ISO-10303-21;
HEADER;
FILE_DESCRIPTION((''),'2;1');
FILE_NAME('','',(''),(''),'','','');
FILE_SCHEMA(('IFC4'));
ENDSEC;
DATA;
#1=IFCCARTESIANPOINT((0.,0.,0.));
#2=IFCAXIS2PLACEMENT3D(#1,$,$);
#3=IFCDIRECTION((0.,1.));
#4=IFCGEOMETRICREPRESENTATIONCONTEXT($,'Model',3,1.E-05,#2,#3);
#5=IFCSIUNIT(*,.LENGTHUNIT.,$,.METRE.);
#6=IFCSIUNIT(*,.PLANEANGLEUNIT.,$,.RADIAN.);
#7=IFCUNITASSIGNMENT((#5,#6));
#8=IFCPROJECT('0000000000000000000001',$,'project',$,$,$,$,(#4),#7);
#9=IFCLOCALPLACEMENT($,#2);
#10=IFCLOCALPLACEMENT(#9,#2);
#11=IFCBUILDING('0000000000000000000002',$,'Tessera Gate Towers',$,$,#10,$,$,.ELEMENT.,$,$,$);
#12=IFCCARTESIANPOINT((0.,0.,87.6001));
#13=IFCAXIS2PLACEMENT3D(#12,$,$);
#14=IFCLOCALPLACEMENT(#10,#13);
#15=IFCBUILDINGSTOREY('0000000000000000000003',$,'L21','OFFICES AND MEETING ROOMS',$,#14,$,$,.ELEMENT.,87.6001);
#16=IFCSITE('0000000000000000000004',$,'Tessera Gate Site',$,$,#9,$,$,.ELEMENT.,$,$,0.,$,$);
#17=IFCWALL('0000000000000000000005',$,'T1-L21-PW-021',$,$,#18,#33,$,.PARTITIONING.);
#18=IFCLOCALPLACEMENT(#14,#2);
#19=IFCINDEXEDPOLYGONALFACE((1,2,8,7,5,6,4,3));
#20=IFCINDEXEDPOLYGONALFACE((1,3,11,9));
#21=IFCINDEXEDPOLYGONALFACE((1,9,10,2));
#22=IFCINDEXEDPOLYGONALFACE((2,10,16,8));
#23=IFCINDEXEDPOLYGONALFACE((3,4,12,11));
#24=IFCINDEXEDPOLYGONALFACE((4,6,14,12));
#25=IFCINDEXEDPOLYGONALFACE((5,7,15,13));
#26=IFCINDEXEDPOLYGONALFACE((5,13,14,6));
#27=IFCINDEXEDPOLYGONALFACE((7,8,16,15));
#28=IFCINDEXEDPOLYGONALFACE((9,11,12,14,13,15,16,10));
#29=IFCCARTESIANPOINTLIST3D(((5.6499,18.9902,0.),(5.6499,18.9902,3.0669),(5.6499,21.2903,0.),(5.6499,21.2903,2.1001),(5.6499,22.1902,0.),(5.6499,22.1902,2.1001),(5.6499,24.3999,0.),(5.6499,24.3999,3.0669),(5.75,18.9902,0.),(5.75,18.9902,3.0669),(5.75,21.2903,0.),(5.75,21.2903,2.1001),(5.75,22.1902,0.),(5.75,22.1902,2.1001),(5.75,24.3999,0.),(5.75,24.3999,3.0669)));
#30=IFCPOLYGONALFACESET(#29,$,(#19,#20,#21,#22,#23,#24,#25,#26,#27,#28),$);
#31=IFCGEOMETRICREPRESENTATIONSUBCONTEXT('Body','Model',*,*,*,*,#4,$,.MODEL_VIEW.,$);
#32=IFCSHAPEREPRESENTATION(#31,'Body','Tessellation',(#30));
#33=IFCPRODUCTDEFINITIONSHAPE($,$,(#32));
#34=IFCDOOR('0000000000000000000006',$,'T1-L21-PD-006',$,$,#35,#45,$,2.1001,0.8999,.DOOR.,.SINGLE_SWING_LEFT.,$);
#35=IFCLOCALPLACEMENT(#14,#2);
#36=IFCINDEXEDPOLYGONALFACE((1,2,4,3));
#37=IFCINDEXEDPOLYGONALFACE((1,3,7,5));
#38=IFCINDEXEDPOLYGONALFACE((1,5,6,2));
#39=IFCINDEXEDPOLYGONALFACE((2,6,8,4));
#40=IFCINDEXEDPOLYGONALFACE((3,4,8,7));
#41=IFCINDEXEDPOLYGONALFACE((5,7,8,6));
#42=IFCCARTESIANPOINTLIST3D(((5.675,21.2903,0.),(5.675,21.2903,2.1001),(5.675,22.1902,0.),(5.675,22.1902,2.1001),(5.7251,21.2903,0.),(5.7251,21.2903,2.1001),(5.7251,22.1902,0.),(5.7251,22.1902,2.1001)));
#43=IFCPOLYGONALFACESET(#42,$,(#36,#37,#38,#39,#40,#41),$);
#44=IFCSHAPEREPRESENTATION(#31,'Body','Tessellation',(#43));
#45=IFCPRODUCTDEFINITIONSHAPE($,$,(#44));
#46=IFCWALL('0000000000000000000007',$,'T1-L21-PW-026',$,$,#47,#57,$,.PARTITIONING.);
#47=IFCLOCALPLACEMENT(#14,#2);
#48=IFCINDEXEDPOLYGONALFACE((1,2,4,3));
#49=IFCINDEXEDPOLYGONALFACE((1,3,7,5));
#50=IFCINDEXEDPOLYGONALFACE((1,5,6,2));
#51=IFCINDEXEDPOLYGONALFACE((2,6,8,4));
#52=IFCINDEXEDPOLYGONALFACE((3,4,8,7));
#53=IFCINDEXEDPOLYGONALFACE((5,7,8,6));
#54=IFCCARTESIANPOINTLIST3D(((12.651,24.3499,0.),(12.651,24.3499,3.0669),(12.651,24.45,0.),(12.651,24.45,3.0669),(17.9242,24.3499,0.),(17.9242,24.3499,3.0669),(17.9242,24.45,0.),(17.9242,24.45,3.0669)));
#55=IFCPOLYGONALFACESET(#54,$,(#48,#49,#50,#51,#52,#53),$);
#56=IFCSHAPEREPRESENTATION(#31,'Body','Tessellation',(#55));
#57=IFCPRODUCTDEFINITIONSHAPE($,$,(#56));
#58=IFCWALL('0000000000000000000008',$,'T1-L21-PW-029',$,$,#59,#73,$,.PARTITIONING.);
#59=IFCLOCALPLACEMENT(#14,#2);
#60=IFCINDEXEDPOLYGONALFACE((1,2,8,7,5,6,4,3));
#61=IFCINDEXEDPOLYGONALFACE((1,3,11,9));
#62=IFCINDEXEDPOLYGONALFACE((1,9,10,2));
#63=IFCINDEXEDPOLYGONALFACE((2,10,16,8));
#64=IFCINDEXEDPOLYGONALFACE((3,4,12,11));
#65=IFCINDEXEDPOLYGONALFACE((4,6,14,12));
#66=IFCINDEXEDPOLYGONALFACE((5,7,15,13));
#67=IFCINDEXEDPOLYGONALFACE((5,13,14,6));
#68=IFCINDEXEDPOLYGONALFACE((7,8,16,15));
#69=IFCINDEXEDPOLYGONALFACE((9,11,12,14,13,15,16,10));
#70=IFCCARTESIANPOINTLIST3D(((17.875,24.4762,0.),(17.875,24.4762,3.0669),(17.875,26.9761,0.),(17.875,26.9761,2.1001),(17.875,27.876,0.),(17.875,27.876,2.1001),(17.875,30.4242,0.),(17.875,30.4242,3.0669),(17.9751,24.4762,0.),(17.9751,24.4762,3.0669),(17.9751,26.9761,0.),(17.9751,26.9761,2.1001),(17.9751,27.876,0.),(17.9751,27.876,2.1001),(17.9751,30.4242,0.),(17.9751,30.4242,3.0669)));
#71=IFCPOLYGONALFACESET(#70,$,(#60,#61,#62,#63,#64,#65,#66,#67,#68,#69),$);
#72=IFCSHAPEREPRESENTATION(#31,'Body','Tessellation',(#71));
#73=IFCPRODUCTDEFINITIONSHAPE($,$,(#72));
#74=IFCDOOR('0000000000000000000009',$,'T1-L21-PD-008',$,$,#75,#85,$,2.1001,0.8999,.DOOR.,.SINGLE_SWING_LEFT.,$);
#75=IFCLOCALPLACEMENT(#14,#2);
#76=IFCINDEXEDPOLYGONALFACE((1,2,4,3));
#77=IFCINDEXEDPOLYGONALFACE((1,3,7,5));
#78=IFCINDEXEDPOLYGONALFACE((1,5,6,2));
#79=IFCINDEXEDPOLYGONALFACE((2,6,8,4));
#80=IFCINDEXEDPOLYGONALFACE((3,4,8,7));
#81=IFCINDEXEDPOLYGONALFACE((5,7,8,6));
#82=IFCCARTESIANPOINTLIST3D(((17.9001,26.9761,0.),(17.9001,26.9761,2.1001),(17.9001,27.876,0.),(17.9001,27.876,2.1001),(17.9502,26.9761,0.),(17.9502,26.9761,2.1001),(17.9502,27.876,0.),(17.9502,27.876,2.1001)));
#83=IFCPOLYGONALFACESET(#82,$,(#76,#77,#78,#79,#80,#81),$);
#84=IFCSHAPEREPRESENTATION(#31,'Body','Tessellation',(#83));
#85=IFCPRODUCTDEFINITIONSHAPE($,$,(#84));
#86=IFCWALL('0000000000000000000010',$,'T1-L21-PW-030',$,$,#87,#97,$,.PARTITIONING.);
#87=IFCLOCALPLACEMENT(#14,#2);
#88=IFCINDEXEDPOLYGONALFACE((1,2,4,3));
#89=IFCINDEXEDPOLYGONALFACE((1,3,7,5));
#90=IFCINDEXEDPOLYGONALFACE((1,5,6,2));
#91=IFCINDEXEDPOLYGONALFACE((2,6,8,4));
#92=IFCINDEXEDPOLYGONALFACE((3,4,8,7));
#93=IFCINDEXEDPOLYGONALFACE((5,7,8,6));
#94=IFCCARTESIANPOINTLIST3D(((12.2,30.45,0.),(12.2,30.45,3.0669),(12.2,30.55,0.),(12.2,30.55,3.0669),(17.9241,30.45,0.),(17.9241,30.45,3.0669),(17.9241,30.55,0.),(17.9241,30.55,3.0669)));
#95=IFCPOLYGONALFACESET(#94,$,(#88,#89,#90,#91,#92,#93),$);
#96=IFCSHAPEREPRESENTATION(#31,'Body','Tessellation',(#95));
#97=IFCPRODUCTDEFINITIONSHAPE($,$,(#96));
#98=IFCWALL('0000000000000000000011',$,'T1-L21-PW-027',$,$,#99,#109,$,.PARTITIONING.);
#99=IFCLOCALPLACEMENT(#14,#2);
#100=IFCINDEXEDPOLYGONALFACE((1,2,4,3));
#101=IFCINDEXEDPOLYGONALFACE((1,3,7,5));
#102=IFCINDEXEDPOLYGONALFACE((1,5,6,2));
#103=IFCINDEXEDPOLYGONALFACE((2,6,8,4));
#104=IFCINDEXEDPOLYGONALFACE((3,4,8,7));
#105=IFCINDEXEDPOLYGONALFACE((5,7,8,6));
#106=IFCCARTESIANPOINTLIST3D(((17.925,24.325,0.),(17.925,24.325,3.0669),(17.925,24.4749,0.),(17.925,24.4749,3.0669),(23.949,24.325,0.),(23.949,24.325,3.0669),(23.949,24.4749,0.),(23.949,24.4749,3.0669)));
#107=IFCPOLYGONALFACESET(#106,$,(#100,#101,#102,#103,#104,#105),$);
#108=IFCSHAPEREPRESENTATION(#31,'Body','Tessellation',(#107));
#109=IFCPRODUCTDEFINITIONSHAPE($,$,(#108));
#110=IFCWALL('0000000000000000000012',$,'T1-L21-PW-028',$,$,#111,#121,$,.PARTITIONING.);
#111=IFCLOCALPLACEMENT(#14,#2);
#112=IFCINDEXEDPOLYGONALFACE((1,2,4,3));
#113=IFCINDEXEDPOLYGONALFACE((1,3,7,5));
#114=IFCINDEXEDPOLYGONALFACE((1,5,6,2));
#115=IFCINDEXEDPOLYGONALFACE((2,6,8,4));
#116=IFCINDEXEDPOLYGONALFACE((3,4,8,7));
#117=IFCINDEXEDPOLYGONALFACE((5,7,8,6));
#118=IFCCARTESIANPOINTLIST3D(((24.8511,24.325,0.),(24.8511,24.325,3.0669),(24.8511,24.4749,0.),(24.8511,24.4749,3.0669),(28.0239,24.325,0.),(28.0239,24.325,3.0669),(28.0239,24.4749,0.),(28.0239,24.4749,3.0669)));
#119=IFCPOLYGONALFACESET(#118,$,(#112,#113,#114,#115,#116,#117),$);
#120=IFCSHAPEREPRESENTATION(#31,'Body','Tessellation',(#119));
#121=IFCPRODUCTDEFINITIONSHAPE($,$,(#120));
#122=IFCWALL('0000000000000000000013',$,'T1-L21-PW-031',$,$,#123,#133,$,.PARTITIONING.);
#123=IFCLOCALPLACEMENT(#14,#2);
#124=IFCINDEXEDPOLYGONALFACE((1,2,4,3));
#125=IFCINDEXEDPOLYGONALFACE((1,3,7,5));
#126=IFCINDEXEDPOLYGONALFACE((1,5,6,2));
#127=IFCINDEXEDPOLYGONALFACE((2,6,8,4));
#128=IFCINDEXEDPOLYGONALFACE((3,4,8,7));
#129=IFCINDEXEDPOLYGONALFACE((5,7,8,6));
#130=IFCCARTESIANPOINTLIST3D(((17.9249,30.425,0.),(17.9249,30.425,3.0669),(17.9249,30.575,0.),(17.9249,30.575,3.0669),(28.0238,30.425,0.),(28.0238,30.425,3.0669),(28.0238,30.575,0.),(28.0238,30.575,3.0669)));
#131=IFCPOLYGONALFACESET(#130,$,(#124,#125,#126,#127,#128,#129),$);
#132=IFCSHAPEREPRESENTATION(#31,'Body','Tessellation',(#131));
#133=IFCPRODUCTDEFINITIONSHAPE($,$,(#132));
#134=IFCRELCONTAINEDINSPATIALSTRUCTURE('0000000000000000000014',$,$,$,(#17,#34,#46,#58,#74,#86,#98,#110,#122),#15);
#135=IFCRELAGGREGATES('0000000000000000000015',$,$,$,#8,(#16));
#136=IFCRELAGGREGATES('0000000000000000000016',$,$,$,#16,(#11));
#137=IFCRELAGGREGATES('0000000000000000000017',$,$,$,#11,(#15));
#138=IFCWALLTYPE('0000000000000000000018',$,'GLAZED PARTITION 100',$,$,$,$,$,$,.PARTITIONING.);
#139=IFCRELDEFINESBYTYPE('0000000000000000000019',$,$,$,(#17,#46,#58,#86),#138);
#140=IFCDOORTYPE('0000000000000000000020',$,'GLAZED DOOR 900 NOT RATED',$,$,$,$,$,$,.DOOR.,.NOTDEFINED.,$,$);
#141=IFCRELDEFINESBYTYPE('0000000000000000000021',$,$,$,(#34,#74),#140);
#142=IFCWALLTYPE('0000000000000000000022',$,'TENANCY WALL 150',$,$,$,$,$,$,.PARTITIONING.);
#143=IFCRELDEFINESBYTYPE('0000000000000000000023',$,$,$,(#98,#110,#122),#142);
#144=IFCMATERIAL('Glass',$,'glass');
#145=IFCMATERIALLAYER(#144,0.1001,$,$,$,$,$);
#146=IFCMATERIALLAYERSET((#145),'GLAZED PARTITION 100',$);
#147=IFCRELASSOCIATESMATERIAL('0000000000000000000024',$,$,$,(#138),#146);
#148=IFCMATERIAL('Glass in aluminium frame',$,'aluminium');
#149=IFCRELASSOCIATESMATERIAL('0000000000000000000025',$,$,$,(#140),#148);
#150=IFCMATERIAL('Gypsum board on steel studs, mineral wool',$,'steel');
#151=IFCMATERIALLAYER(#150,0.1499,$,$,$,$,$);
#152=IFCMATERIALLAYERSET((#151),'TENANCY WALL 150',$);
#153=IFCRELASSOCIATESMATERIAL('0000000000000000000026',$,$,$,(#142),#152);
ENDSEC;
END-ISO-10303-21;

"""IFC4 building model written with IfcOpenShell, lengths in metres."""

from ifc_helpers import new_model, si_unit, direction, frame, frame_2d, origin, place, context, subcontext, project, spatial, rectangle, extrude, source, transform, mapped, material, layer, layer_set, type_object, element, fill, save


model = new_model("IFC4")

# Units and contexts
model_context = context("Model", 3, precision=1e-05, world=origin(), true_north=direction((0.0, 1.0)))
body_context = subcontext(model_context, "Body", "Model", "MODEL_VIEW")
ifc_project = project(units=[si_unit("LENGTHUNIT", "METRE"), si_unit("PLANEANGLEUNIT", "RADIAN")], contexts=[model_context])

# Site, building, storey
site_placement = place(None, origin())
site = spatial("IfcSite", under=ifc_project, at=site_placement, Name="Tessera Gate Site", CompositionType="ELEMENT", RefElevation=0.0)
building_placement = place(site_placement, origin())
building = spatial("IfcBuilding", under=site, at=building_placement, Name="Tessera Gate Towers", CompositionType="ELEMENT")
storey_placement = place(building_placement, frame((0.0, 0.0, 87.6001)))
storey = spatial("IfcBuildingStorey", under=building, at=storey_placement, Name="L21", Description="OFFICES AND MEETING ROOMS", CompositionType="ELEMENT", Elevation=87.6001)

# Shared definitions
ifc_material_1 = material(Name="Glass", Category="glass")
ifc_layer_1 = layer(ifc_material_1, 0.1001)
ifc_layer_set_1 = layer_set([ifc_layer_1], Name="GLAZED PARTITION 100")
wall_type_1 = type_object("IfcWallType", Name="GLAZED PARTITION 100", PredefinedType="PARTITIONING", material=ifc_layer_set_1)

# Wall, opening, door
wall_1_placement = place(storey_placement, frame((5.7, 18.9902, 0.0), z_axis=(0.0, 0.0, 1.0), x_axis=(0.0, 1.0, 0.0)))
wall_1 = element("IfcWall", 1, at=wall_1_placement, inside=storey, type_object=wall_type_1, Name="T1-L21-PW-021", PredefinedType="PARTITIONING", context=body_context, shape_type="SweptSolid", body=[
    extrude(rectangle(XDim=5.4097, YDim=0.1001, at=frame_2d((2.7048, 0.0))), origin(), (0.0, 0.0, 1.0), 3.0669),
])
shared_shape_1 = source(origin(), body_context, "Body", "SweptSolid", [
    extrude(rectangle(XDim=0.8999, YDim=2.1001, at=frame_2d((0.45, 1.05))), frame((0.0, 0.0601, 0.0), z_axis=(0.0, -1.0, 0.0), x_axis=(1.0, 0.0, 0.0)), (0.0, 0.0, 1.0), 0.1201),
])
opening_1_placement = place(wall_1_placement, frame((2.3, 0.0, 0.0)))
opening_1 = element("IfcOpeningElement", 2, at=opening_1_placement, cuts=wall_1, PredefinedType="OPENING", context=body_context, shape_type="MappedRepresentation", body=[
    mapped(shared_shape_1, transform((0.0, 0.0, 0.0), scale=1.0)),
])
ifc_material_2 = material(Name="Glass in aluminium frame", Category="aluminium")
door_type = type_object("IfcDoorType", Name="GLAZED DOOR 900 NOT RATED", OperationType="NOTDEFINED", PredefinedType="DOOR", material=ifc_material_2)
shared_shape_2 = source(origin(), body_context, "Body", "SweptSolid", [
    extrude(rectangle(XDim=0.8999, YDim=2.1001, at=frame_2d((0.45, 1.05))), frame((0.0, 0.0249, 0.0), z_axis=(0.0, -1.0, 0.0), x_axis=(1.0, 0.0, 0.0)), (0.0, 0.0, 1.0), 0.05),
])
door_1_placement = place(opening_1_placement, origin())
door_1 = element("IfcDoor", 3, at=door_1_placement, inside=storey, type_object=door_type, Name="T1-L21-PD-006", OperationType="SINGLE_SWING_LEFT", OverallHeight=2.1001, OverallWidth=0.8999, PredefinedType="DOOR", context=body_context, shape_type="MappedRepresentation", body=[
    mapped(shared_shape_2, transform((0.0, 0.0, 0.0), scale=1.0)),
])
fill(opening_1, door_1)

# Wall
wall_2_placement = place(storey_placement, frame((12.6509, 24.3999, 0.0), z_axis=(0.0, 0.0, 1.0), x_axis=(1.0, 0.0, 0.0)))
element("IfcWall", 4, at=wall_2_placement, inside=storey, type_object=wall_type_1, Name="T1-L21-PW-026", PredefinedType="PARTITIONING", context=body_context, shape_type="SweptSolid", body=[
    extrude(rectangle(XDim=5.2732, YDim=0.1001, at=frame_2d((2.6367, 0.0))), origin(), (0.0, 0.0, 1.0), 3.0669),
])

# Wall, opening, door
wall_3_placement = place(storey_placement, frame((17.925, 24.4761, 0.0), z_axis=(0.0, 0.0, 1.0), x_axis=(0.0, 1.0, 0.0)))
wall_3 = element("IfcWall", 5, at=wall_3_placement, inside=storey, type_object=wall_type_1, Name="T1-L21-PW-029", PredefinedType="PARTITIONING", context=body_context, shape_type="SweptSolid", body=[
    extrude(rectangle(XDim=5.948, YDim=0.1001, at=frame_2d((2.9741, 0.0))), origin(), (0.0, 0.0, 1.0), 3.0669),
])
opening_2_placement = place(wall_3_placement, frame((2.5, 0.0, 0.0)))
opening_2 = element("IfcOpeningElement", 6, at=opening_2_placement, cuts=wall_3, PredefinedType="OPENING", context=body_context, shape_type="MappedRepresentation", body=[
    mapped(shared_shape_1, transform((0.0, 0.0, 0.0), scale=1.0)),
])
door_2_placement = place(opening_2_placement, origin())
door_2 = element("IfcDoor", 7, at=door_2_placement, inside=storey, type_object=door_type, Name="T1-L21-PD-008", OperationType="SINGLE_SWING_LEFT", OverallHeight=2.1001, OverallWidth=0.8999, PredefinedType="DOOR", context=body_context, shape_type="MappedRepresentation", body=[
    mapped(shared_shape_2, transform((0.0, 0.0, 0.0), scale=1.0)),
])
fill(opening_2, door_2)

# Walls
wall_4_placement = place(storey_placement, frame((12.2, 30.5, 0.0), z_axis=(0.0, 0.0, 1.0), x_axis=(1.0, 0.0, 0.0)))
element("IfcWall", 8, at=wall_4_placement, inside=storey, type_object=wall_type_1, Name="T1-L21-PW-030", PredefinedType="PARTITIONING", context=body_context, shape_type="SweptSolid", body=[
    extrude(rectangle(XDim=5.7241, YDim=0.1001, at=frame_2d((2.8621, 0.0))), origin(), (0.0, 0.0, 1.0), 3.0669),
])
ifc_material_3 = material(Name="Gypsum board on steel studs, mineral wool", Category="steel")
ifc_layer_2 = layer(ifc_material_3, 0.1499)
ifc_layer_set_2 = layer_set([ifc_layer_2], Name="TENANCY WALL 150")
wall_type_2 = type_object("IfcWallType", Name="TENANCY WALL 150", PredefinedType="PARTITIONING", material=ifc_layer_set_2)
wall_5_placement = place(storey_placement, frame((17.925, 24.3999, 0.0), z_axis=(0.0, 0.0, 1.0), x_axis=(1.0, 0.0, 0.0)))
element("IfcWall", 9, at=wall_5_placement, inside=storey, type_object=wall_type_2, Name="T1-L21-PW-027", PredefinedType="PARTITIONING", context=body_context, shape_type="SweptSolid", body=[
    extrude(rectangle(XDim=6.0239, YDim=0.1499, at=frame_2d((3.012, 0.0))), origin(), (0.0, 0.0, 1.0), 3.0669),
])
wall_6_placement = place(storey_placement, frame((24.8511, 24.3999, 0.0), z_axis=(0.0, 0.0, 1.0), x_axis=(1.0, 0.0, 0.0)))
element("IfcWall", 10, at=wall_6_placement, inside=storey, type_object=wall_type_2, Name="T1-L21-PW-028", PredefinedType="PARTITIONING", context=body_context, shape_type="SweptSolid", body=[
    extrude(rectangle(XDim=3.1729, YDim=0.1499, at=frame_2d((1.5864, 0.0))), origin(), (0.0, 0.0, 1.0), 3.0669),
])
wall_7_placement = place(storey_placement, frame((17.925, 30.5, 0.0), z_axis=(0.0, 0.0, 1.0), x_axis=(1.0, 0.0, 0.0)))
element("IfcWall", 11, at=wall_7_placement, inside=storey, type_object=wall_type_2, Name="T1-L21-PW-031", PredefinedType="PARTITIONING", context=body_context, shape_type="SweptSolid", body=[
    extrude(rectangle(XDim=10.0989, YDim=0.1499, at=frame_2d((5.0493, 0.0))), origin(), (0.0, 0.0, 1.0), 3.0669),
])

save(model, "model.ifc")
